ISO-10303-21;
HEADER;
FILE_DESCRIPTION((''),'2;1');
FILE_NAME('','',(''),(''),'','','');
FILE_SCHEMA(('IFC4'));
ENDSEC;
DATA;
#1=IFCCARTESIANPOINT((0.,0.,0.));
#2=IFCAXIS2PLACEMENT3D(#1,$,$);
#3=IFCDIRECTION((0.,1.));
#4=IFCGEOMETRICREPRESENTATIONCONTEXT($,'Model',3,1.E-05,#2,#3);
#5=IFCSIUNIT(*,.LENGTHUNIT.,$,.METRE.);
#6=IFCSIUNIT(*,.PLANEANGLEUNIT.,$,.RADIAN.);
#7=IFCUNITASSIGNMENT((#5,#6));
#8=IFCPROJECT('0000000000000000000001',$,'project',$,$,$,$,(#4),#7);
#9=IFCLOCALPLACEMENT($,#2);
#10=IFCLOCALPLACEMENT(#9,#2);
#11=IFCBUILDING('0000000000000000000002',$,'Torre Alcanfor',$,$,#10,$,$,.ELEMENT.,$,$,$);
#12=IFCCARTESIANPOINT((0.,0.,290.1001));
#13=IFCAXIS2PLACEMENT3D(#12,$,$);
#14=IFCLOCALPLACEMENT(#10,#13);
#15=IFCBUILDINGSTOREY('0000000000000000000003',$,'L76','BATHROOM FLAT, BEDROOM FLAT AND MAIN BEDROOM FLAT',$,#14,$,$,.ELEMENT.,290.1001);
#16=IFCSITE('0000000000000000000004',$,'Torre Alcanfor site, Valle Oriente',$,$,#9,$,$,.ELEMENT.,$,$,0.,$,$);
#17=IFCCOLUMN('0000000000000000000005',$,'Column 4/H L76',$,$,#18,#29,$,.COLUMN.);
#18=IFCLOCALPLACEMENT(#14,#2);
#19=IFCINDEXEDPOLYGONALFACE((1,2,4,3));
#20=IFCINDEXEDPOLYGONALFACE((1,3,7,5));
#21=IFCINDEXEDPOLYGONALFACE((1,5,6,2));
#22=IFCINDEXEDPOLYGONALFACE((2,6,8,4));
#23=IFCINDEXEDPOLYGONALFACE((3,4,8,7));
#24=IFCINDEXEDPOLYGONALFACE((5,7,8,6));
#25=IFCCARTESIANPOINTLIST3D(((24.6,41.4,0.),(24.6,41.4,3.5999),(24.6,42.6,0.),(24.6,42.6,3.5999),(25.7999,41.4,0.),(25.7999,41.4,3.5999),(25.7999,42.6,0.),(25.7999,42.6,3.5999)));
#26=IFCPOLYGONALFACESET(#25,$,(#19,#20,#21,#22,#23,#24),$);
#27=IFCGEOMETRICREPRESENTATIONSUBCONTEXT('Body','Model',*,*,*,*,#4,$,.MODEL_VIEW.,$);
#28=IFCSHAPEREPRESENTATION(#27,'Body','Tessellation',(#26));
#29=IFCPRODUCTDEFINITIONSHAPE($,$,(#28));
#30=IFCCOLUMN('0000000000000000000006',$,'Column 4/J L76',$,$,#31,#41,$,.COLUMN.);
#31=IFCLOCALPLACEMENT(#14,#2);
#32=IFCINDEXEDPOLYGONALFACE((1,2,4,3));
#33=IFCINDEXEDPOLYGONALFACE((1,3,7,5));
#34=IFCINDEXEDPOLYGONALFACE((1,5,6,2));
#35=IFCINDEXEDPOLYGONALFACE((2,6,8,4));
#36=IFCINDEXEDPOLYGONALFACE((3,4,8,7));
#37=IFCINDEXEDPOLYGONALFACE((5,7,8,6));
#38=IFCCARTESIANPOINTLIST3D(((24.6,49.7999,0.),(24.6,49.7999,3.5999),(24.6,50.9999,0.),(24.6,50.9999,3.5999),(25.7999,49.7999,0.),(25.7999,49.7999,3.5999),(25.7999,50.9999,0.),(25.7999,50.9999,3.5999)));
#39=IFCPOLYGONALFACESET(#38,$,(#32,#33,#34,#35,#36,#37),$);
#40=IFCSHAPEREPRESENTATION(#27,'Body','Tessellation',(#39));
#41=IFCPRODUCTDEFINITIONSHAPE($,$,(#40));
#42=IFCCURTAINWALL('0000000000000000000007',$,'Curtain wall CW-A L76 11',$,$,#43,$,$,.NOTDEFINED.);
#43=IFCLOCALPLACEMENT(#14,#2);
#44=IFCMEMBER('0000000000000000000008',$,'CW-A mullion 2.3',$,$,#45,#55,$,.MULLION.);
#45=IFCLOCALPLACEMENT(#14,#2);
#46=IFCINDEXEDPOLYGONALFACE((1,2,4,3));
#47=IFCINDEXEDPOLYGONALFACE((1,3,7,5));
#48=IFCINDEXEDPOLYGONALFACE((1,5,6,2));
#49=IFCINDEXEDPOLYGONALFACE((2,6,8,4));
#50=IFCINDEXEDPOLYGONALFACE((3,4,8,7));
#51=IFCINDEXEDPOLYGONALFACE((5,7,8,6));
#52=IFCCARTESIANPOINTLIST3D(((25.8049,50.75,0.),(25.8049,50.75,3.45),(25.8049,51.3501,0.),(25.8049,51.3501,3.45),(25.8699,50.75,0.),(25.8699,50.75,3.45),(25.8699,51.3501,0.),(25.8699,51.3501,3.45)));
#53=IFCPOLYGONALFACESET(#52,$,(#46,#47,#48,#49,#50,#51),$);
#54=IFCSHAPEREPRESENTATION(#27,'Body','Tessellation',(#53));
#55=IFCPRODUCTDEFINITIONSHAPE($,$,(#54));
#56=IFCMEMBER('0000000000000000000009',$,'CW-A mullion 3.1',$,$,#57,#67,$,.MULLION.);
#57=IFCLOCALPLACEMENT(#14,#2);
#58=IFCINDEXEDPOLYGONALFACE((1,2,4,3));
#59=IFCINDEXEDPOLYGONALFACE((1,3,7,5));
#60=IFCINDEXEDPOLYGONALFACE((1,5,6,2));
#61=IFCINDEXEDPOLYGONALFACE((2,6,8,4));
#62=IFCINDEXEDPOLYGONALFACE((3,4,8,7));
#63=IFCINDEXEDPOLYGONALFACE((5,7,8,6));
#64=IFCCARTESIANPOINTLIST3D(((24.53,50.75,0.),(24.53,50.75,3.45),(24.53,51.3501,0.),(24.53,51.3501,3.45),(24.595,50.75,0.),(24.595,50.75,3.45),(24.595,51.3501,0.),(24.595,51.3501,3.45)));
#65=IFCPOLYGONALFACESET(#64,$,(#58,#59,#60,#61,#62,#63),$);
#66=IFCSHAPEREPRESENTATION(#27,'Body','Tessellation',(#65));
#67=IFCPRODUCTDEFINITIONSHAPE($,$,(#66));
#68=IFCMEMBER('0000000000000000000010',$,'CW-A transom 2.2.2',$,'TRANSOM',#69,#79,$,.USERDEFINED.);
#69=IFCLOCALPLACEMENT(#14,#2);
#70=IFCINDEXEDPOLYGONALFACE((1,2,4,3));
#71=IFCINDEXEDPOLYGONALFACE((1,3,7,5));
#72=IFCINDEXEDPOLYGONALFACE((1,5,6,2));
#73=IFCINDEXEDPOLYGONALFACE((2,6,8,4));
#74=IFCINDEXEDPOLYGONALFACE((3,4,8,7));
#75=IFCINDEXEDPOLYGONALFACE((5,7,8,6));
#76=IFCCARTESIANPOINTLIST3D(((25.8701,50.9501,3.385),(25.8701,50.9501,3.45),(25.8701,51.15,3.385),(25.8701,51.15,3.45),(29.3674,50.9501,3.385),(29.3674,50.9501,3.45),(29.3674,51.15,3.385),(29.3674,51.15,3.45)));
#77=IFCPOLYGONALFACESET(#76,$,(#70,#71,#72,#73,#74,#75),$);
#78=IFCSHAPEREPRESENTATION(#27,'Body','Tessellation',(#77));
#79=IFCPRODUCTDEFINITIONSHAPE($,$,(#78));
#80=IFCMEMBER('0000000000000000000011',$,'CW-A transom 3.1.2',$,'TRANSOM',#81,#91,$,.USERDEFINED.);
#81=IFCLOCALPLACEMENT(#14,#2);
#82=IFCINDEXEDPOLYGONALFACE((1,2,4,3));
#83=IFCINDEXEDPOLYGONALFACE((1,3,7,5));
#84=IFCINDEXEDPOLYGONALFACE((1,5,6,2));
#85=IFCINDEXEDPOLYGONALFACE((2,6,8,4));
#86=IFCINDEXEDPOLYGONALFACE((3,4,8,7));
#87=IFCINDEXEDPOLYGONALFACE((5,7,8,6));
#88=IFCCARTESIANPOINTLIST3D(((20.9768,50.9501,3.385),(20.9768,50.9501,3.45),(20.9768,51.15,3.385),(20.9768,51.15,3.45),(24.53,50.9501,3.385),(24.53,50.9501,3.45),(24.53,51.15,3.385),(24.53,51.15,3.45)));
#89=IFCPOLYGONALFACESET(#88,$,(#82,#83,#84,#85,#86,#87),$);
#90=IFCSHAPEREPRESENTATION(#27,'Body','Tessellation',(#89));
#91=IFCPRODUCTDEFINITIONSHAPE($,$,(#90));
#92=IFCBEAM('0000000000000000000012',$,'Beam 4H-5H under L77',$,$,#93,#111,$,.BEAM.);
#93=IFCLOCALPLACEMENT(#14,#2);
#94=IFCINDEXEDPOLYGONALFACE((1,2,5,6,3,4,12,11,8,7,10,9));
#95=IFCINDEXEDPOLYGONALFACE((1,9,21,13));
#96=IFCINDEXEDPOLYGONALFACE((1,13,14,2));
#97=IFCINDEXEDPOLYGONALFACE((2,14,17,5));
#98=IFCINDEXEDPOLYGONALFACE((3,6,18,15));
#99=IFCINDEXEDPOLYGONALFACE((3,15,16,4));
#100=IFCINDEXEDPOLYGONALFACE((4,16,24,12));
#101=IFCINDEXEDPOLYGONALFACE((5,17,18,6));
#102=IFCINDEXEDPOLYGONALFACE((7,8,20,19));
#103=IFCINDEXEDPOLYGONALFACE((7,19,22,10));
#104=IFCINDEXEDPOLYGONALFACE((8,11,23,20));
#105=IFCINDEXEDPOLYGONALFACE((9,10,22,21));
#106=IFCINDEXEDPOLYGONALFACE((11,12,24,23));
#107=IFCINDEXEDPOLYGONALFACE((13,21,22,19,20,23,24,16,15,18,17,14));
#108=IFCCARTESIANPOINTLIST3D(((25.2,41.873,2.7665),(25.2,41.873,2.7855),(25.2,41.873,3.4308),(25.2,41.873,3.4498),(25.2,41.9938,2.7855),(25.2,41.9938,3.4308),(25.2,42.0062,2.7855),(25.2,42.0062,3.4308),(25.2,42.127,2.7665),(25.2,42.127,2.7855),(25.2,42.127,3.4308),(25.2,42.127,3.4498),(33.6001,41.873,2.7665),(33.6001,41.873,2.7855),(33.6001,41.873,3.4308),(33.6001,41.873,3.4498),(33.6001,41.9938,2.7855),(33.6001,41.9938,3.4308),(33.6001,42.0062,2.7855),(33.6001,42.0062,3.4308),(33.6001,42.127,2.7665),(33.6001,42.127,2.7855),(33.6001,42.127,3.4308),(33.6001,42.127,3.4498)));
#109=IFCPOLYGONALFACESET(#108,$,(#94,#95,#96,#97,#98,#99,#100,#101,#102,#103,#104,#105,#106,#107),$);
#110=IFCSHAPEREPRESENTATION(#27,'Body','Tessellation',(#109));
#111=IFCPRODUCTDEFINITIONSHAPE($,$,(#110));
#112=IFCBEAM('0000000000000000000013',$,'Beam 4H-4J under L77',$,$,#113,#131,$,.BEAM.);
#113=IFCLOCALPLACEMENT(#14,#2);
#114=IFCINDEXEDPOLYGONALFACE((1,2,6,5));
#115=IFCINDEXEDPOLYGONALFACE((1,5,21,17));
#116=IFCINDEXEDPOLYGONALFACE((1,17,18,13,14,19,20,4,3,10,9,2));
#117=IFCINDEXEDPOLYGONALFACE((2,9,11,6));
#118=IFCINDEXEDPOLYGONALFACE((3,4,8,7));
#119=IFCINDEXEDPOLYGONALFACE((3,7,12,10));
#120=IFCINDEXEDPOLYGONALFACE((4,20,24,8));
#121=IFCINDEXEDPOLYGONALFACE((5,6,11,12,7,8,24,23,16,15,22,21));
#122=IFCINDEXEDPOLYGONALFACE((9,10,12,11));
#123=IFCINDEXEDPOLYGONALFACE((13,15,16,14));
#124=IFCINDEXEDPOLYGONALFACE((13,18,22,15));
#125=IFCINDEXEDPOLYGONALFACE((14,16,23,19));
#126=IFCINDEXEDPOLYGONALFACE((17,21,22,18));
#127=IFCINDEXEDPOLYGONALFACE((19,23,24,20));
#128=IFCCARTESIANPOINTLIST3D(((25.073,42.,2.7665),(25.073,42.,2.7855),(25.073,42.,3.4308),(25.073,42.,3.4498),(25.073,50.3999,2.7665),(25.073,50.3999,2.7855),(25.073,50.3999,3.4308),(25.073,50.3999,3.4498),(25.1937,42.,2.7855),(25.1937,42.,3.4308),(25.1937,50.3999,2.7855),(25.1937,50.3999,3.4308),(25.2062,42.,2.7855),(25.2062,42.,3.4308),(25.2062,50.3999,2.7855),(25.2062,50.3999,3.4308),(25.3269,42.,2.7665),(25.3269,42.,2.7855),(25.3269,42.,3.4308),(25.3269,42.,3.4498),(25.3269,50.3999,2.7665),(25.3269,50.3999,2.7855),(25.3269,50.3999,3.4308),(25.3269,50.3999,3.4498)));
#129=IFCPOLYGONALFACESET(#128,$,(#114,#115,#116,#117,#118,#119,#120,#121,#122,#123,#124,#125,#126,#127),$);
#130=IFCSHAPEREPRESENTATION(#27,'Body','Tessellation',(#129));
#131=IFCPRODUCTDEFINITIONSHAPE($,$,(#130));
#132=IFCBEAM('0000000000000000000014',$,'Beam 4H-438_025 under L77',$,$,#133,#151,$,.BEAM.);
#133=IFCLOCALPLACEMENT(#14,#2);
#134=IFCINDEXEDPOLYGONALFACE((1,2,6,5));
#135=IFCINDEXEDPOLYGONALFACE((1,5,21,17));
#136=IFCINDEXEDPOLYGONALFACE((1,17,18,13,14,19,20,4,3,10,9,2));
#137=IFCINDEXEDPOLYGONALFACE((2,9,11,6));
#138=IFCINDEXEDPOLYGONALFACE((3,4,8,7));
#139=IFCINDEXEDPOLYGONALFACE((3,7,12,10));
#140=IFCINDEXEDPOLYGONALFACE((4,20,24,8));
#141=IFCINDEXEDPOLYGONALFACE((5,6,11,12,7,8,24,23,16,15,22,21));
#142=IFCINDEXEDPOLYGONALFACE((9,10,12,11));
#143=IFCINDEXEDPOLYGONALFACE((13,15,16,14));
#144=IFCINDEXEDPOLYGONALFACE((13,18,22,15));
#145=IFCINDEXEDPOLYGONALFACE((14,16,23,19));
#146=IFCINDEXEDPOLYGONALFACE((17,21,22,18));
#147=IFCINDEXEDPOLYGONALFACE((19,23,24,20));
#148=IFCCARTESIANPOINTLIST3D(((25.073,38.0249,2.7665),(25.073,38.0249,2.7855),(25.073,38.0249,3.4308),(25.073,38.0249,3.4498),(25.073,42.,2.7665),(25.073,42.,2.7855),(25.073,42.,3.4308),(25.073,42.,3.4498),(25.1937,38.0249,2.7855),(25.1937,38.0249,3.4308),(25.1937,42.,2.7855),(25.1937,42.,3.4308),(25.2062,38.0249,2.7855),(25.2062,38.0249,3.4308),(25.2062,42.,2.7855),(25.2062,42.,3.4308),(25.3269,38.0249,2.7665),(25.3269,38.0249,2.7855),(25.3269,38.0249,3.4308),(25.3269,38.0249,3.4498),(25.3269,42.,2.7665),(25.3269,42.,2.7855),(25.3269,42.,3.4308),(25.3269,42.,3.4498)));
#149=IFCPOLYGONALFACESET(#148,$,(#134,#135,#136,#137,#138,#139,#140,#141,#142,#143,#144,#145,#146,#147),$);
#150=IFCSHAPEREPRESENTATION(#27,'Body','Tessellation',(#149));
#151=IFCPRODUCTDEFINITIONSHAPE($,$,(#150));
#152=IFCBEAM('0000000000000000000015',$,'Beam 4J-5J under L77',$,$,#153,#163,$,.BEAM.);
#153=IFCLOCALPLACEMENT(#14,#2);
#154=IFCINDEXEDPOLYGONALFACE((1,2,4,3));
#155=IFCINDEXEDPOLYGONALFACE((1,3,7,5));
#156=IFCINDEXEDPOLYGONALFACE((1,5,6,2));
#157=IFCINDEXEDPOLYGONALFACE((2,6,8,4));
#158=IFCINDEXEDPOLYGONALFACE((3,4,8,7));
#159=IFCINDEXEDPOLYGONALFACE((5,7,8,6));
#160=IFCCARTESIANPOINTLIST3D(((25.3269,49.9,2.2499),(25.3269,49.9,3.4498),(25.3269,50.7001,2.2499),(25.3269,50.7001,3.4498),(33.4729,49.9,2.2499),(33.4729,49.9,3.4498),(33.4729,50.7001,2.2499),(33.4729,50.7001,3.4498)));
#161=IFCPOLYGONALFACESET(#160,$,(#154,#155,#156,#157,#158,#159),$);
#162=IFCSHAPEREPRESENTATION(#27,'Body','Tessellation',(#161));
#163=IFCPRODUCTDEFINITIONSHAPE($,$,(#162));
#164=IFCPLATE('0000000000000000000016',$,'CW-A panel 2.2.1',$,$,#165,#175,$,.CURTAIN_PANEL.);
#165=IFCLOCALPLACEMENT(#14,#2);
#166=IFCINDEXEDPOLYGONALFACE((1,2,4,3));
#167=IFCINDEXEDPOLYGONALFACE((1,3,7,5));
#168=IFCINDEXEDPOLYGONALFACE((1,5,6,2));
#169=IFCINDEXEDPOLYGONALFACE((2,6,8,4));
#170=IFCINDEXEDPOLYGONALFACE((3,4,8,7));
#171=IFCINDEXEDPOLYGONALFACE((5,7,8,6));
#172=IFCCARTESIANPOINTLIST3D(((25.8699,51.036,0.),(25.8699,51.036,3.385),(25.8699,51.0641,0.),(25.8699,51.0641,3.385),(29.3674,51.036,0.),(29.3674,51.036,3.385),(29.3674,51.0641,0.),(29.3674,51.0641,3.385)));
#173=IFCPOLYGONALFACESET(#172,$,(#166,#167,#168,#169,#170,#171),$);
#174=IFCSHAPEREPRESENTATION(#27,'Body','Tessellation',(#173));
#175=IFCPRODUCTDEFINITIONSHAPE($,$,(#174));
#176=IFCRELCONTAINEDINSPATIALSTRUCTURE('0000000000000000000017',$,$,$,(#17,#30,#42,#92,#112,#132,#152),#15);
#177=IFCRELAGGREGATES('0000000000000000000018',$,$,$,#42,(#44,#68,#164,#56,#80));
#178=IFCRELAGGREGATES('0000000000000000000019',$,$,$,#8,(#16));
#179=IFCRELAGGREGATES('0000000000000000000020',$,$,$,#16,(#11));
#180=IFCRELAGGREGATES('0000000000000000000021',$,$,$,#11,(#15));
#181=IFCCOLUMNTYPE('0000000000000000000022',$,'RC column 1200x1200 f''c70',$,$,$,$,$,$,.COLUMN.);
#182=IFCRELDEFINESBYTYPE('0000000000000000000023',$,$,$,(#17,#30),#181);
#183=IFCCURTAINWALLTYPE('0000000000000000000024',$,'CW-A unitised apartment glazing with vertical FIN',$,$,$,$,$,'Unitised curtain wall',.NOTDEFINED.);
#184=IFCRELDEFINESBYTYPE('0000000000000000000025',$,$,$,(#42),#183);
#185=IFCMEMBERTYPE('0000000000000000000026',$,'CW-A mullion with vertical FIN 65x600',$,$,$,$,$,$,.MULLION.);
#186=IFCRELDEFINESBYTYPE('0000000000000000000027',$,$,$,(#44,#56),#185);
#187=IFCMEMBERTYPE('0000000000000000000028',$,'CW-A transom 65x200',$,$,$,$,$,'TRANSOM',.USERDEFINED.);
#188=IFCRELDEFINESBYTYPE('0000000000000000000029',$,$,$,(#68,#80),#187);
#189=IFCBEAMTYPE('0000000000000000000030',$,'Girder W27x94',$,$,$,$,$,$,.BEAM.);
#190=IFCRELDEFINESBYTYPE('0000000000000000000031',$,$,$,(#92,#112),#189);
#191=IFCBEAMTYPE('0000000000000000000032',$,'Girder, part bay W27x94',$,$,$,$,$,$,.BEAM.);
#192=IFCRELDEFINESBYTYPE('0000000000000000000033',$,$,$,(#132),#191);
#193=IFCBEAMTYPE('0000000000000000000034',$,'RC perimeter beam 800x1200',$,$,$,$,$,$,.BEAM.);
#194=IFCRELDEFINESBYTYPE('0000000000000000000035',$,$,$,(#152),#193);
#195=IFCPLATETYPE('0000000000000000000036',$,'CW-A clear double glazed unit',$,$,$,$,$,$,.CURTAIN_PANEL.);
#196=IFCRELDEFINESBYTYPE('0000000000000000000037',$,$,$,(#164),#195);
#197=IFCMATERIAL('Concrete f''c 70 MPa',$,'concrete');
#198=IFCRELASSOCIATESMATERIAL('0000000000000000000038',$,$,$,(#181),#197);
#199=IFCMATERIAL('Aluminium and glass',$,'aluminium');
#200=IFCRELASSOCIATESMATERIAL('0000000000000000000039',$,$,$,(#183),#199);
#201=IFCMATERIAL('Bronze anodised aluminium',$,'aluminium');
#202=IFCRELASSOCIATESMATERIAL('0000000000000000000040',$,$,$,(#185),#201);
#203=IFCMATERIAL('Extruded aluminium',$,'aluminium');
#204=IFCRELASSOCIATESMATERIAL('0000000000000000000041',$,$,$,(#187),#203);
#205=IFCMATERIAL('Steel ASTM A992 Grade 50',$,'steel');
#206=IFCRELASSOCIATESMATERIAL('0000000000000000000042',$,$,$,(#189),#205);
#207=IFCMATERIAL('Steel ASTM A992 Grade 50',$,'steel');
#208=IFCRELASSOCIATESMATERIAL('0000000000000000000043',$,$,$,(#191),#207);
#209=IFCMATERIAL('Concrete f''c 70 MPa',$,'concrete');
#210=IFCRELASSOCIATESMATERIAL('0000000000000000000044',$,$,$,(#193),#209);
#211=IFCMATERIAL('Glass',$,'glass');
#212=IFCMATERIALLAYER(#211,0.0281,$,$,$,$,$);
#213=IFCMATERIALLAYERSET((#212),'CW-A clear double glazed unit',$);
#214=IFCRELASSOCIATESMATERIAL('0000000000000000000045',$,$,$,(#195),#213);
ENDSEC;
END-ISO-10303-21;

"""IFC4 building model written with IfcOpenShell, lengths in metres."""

from ifc_helpers import new_model, si_unit, direction, frame, origin, origin_2d, place, context, subcontext, project, spatial, rectangle, i_section, extrude, material, layer, layer_set, material_profile, profile_set, type_object, element, aggregate, save


model = new_model("IFC4")

# Units and contexts
model_context = context("Model", 3, precision=1e-05, world=origin(), true_north=direction((0.0, 1.0)))
body_context = subcontext(model_context, "Body", "Model", "MODEL_VIEW")
ifc_project = project(units=[si_unit("LENGTHUNIT", "METRE"), si_unit("PLANEANGLEUNIT", "RADIAN")], contexts=[model_context])

# Site, building, storey
site_placement = place(None, origin())
site = spatial("IfcSite", under=ifc_project, at=site_placement, Name="Torre Alcanfor site, Valle Oriente", CompositionType="ELEMENT", RefElevation=0.0)
building_placement = place(site_placement, origin())
building = spatial("IfcBuilding", under=site, at=building_placement, Name="Torre Alcanfor", CompositionType="ELEMENT")
storey_placement = place(building_placement, frame((0.0, 0.0, 290.1001)))
storey = spatial("IfcBuildingStorey", under=building, at=storey_placement, Name="L76", Description="BATHROOM FLAT, BEDROOM FLAT AND MAIN BEDROOM FLAT", CompositionType="ELEMENT", Elevation=290.1001)

# Columns
ifc_material_1 = material(Name="Concrete f'c 70 MPa", Category="concrete")
ifc_material_profile_1 = material_profile(ifc_material_1, rectangle(XDim=1.2, YDim=1.2, at=origin_2d()), Name="1200x1200")
ifc_profile_set_1 = profile_set([ifc_material_profile_1], Name="Concrete f'c 70 MPa")
column_type = type_object("IfcColumnType", Name="RC column 1200x1200 f'c70", PredefinedType="COLUMN", material=ifc_profile_set_1)
for number, where, z_axis, x_axis, name in (
    (1, (25.2, 42.0, 0.0), (0.0, 0.0, 1.0), (1.0, 0.0, 0.0), "Column 4/H L76"),
    (2, (25.2, 50.3999, 0.0), (0.0, 0.0, 1.0), (1.0, 0.0, 0.0), "Column 4/J L76"),
):
    element("IfcColumn", number, at=place(storey_placement, frame(where, z_axis=z_axis, x_axis=x_axis)), inside=storey, type_object=column_type, Name=name, PredefinedType="COLUMN", context=body_context, shape_type="SweptSolid", body=[
        extrude(rectangle(XDim=1.2, YDim=1.2, at=origin_2d()), origin(), (0.0, 0.0, 1.0), 3.5999),
    ])

# Curtain wall, members
ifc_material_2 = material(Name="Aluminium and glass", Category="aluminium")
curtain_wall_type = type_object("IfcCurtainWallType", Name="CW-A unitised apartment glazing with vertical FIN", ElementType="Unitised curtain wall", PredefinedType="NOTDEFINED", material=ifc_material_2)
curtain_wall_placement = place(storey_placement, origin())
curtain_wall = element("IfcCurtainWall", 3, at=curtain_wall_placement, inside=storey, type_object=curtain_wall_type, Name="Curtain wall CW-A L76 11", PredefinedType="NOTDEFINED")
ifc_material_3 = material(Name="Bronze anodised aluminium", Category="aluminium")
ifc_material_profile_2 = material_profile(ifc_material_3, rectangle(XDim=0.6001, YDim=0.0649, at=origin_2d()), Name="CW-A mullion 65x600")
ifc_profile_set_2 = profile_set([ifc_material_profile_2], Name="Bronze anodised aluminium")
member_type_1 = type_object("IfcMemberType", Name="CW-A mullion with vertical FIN 65x600", PredefinedType="MULLION", material=ifc_profile_set_2)
member_1_placement = place(storey_placement, frame((25.8374, 51.05, 0.0), z_axis=(0.0, 0.0, 1.0), x_axis=(0.0, -1.0, 0.0)))
member_1 = element("IfcMember", 4, at=member_1_placement, type_object=member_type_1, Name="CW-A mullion 2.3", PredefinedType="MULLION", context=body_context, shape_type="SweptSolid", body=[
    extrude(rectangle(XDim=0.6001, YDim=0.0649, at=origin_2d()), origin(), (0.0, 0.0, 1.0), 3.45),
])
member_2_placement = place(storey_placement, frame((24.5625, 51.05, 0.0), z_axis=(0.0, 0.0, 1.0), x_axis=(0.0, -1.0, 0.0)))
member_2 = element("IfcMember", 5, at=member_2_placement, type_object=member_type_1, Name="CW-A mullion 3.1", PredefinedType="MULLION", context=body_context, shape_type="SweptSolid", body=[
    extrude(rectangle(XDim=0.6001, YDim=0.0649, at=origin_2d()), origin(), (0.0, 0.0, 1.0), 3.45),
])
ifc_material_4 = material(Name="Extruded aluminium", Category="aluminium")
ifc_material_profile_3 = material_profile(ifc_material_4, rectangle(XDim=0.2, YDim=0.0649, at=origin_2d()), Name="CW-A transom 200x65")
ifc_profile_set_3 = profile_set([ifc_material_profile_3], Name="Extruded aluminium")
member_type_2 = type_object("IfcMemberType", Name="CW-A transom 65x200", ElementType="TRANSOM", PredefinedType="USERDEFINED", material=ifc_profile_set_3)
member_3_placement = place(storey_placement, frame((29.3674, 51.05, 3.4175), z_axis=(-1.0, 0.0, 0.0), x_axis=(0.0, -1.0, 0.0)))
member_3 = element("IfcMember", 6, at=member_3_placement, type_object=member_type_2, Name="CW-A transom 2.2.2", ObjectType="TRANSOM", PredefinedType="USERDEFINED", context=body_context, shape_type="SweptSolid", body=[
    extrude(rectangle(XDim=0.2, YDim=0.0649, at=origin_2d()), origin(), (0.0, 0.0, 1.0), 3.4973),
])
member_4_placement = place(storey_placement, frame((24.53, 51.05, 3.4175), z_axis=(-1.0, 0.0, 0.0), x_axis=(0.0, -1.0, 0.0)))
member_4 = element("IfcMember", 7, at=member_4_placement, type_object=member_type_2, Name="CW-A transom 3.1.2", ObjectType="TRANSOM", PredefinedType="USERDEFINED", context=body_context, shape_type="SweptSolid", body=[
    extrude(rectangle(XDim=0.2, YDim=0.0649, at=origin_2d()), origin(), (0.0, 0.0, 1.0), 3.5532),
])

# Beams
ifc_material_5 = material(Name="Steel ASTM A992 Grade 50", Category="steel")
ifc_material_profile_4 = material_profile(ifc_material_5, i_section(OverallWidth=0.2539, OverallDepth=0.6833, WebThickness=0.0125, FlangeThickness=0.019, at=origin_2d()), Name="W27x94")
ifc_profile_set_4 = profile_set([ifc_material_profile_4], Name="Steel ASTM A992 Grade 50")
beam_type_1 = type_object("IfcBeamType", Name="Girder W27x94", PredefinedType="BEAM", material=ifc_profile_set_4)
beam_1_placement = place(storey_placement, frame((25.2, 42.0, 3.1082), z_axis=(1.0, 0.0, 0.0), x_axis=(0.0, 1.0, 0.0)))
element("IfcBeam", 8, at=beam_1_placement, inside=storey, type_object=beam_type_1, Name="Beam 4H-5H under L77", PredefinedType="BEAM", context=body_context, shape_type="SweptSolid", body=[
    extrude(i_section(OverallWidth=0.2539, OverallDepth=0.6833, WebThickness=0.0125, FlangeThickness=0.019, at=origin_2d()), origin(), (0.0, 0.0, 1.0), 8.4001),
])
beam_2_placement = place(storey_placement, frame((25.2, 42.0, 3.1082), z_axis=(0.0, 1.0, 0.0), x_axis=(-1.0, 0.0, 0.0)))
element("IfcBeam", 9, at=beam_2_placement, inside=storey, type_object=beam_type_1, Name="Beam 4H-4J under L77", PredefinedType="BEAM", context=body_context, shape_type="SweptSolid", body=[
    extrude(i_section(OverallWidth=0.2539, OverallDepth=0.6833, WebThickness=0.0125, FlangeThickness=0.019, at=origin_2d()), origin(), (0.0, 0.0, 1.0), 8.3999),
])
ifc_material_6 = material(Name="Steel ASTM A992 Grade 50", Category="steel")
ifc_material_profile_5 = material_profile(ifc_material_6, i_section(OverallWidth=0.2539, OverallDepth=0.6833, WebThickness=0.0125, FlangeThickness=0.019, at=origin_2d()), Name="W27x94")
ifc_profile_set_5 = profile_set([ifc_material_profile_5], Name="Steel ASTM A992 Grade 50")
beam_type_2 = type_object("IfcBeamType", Name="Girder, part bay W27x94", PredefinedType="BEAM", material=ifc_profile_set_5)
beam_3_placement = place(storey_placement, frame((25.2, 42.0, 3.1082), z_axis=(0.0, -1.0, 0.0), x_axis=(1.0, 0.0, 0.0)))
element("IfcBeam", 10, at=beam_3_placement, inside=storey, type_object=beam_type_2, Name="Beam 4H-438_025 under L77", PredefinedType="BEAM", context=body_context, shape_type="SweptSolid", body=[
    extrude(i_section(OverallWidth=0.2539, OverallDepth=0.6833, WebThickness=0.0125, FlangeThickness=0.019, at=origin_2d()), origin(), (0.0, 0.0, 1.0), 3.9751),
])
ifc_material_7 = material(Name="Concrete f'c 70 MPa", Category="concrete")
ifc_material_profile_6 = material_profile(ifc_material_7, rectangle(XDim=0.8, YDim=1.2, at=origin_2d()), Name="800x1200")
ifc_profile_set_6 = profile_set([ifc_material_profile_6], Name="Concrete f'c 70 MPa")
beam_type_3 = type_object("IfcBeamType", Name="RC perimeter beam 800x1200", PredefinedType="BEAM", material=ifc_profile_set_6)
beam_4_placement = place(storey_placement, frame((25.3269, 50.3, 2.8499), z_axis=(1.0, 0.0, 0.0), x_axis=(0.0, 1.0, 0.0)))
element("IfcBeam", 11, at=beam_4_placement, inside=storey, type_object=beam_type_3, Name="Beam 4J-5J under L77", PredefinedType="BEAM", context=body_context, shape_type="SweptSolid", body=[
    extrude(rectangle(XDim=0.8, YDim=1.2, at=origin_2d()), origin(), (0.0, 0.0, 1.0), 8.146),
])

# Plate
ifc_material_8 = material(Name="Glass", Category="glass")
ifc_layer_1 = layer(ifc_material_8, 0.0281)
ifc_layer_set_1 = layer_set([ifc_layer_1], Name="CW-A clear double glazed unit")
plate_type = type_object("IfcPlateType", Name="CW-A clear double glazed unit", PredefinedType="CURTAIN_PANEL", material=ifc_layer_set_1)
plate_placement = place(storey_placement, frame((27.6187, 51.05, 0.0), z_axis=(0.0, 0.0, 1.0), x_axis=(-1.0, 0.0, 0.0)))
plate = element("IfcPlate", 12, at=plate_placement, type_object=plate_type, Name="CW-A panel 2.2.1", PredefinedType="CURTAIN_PANEL", context=body_context, shape_type="SweptSolid", body=[
    extrude(rectangle(XDim=3.4976, YDim=0.0281, at=origin_2d()), origin(), (0.0, 0.0, 1.0), 3.385),
])
aggregate(curtain_wall, [member_1, member_3, plate, member_2, member_4])

save(model, "model.ifc")
